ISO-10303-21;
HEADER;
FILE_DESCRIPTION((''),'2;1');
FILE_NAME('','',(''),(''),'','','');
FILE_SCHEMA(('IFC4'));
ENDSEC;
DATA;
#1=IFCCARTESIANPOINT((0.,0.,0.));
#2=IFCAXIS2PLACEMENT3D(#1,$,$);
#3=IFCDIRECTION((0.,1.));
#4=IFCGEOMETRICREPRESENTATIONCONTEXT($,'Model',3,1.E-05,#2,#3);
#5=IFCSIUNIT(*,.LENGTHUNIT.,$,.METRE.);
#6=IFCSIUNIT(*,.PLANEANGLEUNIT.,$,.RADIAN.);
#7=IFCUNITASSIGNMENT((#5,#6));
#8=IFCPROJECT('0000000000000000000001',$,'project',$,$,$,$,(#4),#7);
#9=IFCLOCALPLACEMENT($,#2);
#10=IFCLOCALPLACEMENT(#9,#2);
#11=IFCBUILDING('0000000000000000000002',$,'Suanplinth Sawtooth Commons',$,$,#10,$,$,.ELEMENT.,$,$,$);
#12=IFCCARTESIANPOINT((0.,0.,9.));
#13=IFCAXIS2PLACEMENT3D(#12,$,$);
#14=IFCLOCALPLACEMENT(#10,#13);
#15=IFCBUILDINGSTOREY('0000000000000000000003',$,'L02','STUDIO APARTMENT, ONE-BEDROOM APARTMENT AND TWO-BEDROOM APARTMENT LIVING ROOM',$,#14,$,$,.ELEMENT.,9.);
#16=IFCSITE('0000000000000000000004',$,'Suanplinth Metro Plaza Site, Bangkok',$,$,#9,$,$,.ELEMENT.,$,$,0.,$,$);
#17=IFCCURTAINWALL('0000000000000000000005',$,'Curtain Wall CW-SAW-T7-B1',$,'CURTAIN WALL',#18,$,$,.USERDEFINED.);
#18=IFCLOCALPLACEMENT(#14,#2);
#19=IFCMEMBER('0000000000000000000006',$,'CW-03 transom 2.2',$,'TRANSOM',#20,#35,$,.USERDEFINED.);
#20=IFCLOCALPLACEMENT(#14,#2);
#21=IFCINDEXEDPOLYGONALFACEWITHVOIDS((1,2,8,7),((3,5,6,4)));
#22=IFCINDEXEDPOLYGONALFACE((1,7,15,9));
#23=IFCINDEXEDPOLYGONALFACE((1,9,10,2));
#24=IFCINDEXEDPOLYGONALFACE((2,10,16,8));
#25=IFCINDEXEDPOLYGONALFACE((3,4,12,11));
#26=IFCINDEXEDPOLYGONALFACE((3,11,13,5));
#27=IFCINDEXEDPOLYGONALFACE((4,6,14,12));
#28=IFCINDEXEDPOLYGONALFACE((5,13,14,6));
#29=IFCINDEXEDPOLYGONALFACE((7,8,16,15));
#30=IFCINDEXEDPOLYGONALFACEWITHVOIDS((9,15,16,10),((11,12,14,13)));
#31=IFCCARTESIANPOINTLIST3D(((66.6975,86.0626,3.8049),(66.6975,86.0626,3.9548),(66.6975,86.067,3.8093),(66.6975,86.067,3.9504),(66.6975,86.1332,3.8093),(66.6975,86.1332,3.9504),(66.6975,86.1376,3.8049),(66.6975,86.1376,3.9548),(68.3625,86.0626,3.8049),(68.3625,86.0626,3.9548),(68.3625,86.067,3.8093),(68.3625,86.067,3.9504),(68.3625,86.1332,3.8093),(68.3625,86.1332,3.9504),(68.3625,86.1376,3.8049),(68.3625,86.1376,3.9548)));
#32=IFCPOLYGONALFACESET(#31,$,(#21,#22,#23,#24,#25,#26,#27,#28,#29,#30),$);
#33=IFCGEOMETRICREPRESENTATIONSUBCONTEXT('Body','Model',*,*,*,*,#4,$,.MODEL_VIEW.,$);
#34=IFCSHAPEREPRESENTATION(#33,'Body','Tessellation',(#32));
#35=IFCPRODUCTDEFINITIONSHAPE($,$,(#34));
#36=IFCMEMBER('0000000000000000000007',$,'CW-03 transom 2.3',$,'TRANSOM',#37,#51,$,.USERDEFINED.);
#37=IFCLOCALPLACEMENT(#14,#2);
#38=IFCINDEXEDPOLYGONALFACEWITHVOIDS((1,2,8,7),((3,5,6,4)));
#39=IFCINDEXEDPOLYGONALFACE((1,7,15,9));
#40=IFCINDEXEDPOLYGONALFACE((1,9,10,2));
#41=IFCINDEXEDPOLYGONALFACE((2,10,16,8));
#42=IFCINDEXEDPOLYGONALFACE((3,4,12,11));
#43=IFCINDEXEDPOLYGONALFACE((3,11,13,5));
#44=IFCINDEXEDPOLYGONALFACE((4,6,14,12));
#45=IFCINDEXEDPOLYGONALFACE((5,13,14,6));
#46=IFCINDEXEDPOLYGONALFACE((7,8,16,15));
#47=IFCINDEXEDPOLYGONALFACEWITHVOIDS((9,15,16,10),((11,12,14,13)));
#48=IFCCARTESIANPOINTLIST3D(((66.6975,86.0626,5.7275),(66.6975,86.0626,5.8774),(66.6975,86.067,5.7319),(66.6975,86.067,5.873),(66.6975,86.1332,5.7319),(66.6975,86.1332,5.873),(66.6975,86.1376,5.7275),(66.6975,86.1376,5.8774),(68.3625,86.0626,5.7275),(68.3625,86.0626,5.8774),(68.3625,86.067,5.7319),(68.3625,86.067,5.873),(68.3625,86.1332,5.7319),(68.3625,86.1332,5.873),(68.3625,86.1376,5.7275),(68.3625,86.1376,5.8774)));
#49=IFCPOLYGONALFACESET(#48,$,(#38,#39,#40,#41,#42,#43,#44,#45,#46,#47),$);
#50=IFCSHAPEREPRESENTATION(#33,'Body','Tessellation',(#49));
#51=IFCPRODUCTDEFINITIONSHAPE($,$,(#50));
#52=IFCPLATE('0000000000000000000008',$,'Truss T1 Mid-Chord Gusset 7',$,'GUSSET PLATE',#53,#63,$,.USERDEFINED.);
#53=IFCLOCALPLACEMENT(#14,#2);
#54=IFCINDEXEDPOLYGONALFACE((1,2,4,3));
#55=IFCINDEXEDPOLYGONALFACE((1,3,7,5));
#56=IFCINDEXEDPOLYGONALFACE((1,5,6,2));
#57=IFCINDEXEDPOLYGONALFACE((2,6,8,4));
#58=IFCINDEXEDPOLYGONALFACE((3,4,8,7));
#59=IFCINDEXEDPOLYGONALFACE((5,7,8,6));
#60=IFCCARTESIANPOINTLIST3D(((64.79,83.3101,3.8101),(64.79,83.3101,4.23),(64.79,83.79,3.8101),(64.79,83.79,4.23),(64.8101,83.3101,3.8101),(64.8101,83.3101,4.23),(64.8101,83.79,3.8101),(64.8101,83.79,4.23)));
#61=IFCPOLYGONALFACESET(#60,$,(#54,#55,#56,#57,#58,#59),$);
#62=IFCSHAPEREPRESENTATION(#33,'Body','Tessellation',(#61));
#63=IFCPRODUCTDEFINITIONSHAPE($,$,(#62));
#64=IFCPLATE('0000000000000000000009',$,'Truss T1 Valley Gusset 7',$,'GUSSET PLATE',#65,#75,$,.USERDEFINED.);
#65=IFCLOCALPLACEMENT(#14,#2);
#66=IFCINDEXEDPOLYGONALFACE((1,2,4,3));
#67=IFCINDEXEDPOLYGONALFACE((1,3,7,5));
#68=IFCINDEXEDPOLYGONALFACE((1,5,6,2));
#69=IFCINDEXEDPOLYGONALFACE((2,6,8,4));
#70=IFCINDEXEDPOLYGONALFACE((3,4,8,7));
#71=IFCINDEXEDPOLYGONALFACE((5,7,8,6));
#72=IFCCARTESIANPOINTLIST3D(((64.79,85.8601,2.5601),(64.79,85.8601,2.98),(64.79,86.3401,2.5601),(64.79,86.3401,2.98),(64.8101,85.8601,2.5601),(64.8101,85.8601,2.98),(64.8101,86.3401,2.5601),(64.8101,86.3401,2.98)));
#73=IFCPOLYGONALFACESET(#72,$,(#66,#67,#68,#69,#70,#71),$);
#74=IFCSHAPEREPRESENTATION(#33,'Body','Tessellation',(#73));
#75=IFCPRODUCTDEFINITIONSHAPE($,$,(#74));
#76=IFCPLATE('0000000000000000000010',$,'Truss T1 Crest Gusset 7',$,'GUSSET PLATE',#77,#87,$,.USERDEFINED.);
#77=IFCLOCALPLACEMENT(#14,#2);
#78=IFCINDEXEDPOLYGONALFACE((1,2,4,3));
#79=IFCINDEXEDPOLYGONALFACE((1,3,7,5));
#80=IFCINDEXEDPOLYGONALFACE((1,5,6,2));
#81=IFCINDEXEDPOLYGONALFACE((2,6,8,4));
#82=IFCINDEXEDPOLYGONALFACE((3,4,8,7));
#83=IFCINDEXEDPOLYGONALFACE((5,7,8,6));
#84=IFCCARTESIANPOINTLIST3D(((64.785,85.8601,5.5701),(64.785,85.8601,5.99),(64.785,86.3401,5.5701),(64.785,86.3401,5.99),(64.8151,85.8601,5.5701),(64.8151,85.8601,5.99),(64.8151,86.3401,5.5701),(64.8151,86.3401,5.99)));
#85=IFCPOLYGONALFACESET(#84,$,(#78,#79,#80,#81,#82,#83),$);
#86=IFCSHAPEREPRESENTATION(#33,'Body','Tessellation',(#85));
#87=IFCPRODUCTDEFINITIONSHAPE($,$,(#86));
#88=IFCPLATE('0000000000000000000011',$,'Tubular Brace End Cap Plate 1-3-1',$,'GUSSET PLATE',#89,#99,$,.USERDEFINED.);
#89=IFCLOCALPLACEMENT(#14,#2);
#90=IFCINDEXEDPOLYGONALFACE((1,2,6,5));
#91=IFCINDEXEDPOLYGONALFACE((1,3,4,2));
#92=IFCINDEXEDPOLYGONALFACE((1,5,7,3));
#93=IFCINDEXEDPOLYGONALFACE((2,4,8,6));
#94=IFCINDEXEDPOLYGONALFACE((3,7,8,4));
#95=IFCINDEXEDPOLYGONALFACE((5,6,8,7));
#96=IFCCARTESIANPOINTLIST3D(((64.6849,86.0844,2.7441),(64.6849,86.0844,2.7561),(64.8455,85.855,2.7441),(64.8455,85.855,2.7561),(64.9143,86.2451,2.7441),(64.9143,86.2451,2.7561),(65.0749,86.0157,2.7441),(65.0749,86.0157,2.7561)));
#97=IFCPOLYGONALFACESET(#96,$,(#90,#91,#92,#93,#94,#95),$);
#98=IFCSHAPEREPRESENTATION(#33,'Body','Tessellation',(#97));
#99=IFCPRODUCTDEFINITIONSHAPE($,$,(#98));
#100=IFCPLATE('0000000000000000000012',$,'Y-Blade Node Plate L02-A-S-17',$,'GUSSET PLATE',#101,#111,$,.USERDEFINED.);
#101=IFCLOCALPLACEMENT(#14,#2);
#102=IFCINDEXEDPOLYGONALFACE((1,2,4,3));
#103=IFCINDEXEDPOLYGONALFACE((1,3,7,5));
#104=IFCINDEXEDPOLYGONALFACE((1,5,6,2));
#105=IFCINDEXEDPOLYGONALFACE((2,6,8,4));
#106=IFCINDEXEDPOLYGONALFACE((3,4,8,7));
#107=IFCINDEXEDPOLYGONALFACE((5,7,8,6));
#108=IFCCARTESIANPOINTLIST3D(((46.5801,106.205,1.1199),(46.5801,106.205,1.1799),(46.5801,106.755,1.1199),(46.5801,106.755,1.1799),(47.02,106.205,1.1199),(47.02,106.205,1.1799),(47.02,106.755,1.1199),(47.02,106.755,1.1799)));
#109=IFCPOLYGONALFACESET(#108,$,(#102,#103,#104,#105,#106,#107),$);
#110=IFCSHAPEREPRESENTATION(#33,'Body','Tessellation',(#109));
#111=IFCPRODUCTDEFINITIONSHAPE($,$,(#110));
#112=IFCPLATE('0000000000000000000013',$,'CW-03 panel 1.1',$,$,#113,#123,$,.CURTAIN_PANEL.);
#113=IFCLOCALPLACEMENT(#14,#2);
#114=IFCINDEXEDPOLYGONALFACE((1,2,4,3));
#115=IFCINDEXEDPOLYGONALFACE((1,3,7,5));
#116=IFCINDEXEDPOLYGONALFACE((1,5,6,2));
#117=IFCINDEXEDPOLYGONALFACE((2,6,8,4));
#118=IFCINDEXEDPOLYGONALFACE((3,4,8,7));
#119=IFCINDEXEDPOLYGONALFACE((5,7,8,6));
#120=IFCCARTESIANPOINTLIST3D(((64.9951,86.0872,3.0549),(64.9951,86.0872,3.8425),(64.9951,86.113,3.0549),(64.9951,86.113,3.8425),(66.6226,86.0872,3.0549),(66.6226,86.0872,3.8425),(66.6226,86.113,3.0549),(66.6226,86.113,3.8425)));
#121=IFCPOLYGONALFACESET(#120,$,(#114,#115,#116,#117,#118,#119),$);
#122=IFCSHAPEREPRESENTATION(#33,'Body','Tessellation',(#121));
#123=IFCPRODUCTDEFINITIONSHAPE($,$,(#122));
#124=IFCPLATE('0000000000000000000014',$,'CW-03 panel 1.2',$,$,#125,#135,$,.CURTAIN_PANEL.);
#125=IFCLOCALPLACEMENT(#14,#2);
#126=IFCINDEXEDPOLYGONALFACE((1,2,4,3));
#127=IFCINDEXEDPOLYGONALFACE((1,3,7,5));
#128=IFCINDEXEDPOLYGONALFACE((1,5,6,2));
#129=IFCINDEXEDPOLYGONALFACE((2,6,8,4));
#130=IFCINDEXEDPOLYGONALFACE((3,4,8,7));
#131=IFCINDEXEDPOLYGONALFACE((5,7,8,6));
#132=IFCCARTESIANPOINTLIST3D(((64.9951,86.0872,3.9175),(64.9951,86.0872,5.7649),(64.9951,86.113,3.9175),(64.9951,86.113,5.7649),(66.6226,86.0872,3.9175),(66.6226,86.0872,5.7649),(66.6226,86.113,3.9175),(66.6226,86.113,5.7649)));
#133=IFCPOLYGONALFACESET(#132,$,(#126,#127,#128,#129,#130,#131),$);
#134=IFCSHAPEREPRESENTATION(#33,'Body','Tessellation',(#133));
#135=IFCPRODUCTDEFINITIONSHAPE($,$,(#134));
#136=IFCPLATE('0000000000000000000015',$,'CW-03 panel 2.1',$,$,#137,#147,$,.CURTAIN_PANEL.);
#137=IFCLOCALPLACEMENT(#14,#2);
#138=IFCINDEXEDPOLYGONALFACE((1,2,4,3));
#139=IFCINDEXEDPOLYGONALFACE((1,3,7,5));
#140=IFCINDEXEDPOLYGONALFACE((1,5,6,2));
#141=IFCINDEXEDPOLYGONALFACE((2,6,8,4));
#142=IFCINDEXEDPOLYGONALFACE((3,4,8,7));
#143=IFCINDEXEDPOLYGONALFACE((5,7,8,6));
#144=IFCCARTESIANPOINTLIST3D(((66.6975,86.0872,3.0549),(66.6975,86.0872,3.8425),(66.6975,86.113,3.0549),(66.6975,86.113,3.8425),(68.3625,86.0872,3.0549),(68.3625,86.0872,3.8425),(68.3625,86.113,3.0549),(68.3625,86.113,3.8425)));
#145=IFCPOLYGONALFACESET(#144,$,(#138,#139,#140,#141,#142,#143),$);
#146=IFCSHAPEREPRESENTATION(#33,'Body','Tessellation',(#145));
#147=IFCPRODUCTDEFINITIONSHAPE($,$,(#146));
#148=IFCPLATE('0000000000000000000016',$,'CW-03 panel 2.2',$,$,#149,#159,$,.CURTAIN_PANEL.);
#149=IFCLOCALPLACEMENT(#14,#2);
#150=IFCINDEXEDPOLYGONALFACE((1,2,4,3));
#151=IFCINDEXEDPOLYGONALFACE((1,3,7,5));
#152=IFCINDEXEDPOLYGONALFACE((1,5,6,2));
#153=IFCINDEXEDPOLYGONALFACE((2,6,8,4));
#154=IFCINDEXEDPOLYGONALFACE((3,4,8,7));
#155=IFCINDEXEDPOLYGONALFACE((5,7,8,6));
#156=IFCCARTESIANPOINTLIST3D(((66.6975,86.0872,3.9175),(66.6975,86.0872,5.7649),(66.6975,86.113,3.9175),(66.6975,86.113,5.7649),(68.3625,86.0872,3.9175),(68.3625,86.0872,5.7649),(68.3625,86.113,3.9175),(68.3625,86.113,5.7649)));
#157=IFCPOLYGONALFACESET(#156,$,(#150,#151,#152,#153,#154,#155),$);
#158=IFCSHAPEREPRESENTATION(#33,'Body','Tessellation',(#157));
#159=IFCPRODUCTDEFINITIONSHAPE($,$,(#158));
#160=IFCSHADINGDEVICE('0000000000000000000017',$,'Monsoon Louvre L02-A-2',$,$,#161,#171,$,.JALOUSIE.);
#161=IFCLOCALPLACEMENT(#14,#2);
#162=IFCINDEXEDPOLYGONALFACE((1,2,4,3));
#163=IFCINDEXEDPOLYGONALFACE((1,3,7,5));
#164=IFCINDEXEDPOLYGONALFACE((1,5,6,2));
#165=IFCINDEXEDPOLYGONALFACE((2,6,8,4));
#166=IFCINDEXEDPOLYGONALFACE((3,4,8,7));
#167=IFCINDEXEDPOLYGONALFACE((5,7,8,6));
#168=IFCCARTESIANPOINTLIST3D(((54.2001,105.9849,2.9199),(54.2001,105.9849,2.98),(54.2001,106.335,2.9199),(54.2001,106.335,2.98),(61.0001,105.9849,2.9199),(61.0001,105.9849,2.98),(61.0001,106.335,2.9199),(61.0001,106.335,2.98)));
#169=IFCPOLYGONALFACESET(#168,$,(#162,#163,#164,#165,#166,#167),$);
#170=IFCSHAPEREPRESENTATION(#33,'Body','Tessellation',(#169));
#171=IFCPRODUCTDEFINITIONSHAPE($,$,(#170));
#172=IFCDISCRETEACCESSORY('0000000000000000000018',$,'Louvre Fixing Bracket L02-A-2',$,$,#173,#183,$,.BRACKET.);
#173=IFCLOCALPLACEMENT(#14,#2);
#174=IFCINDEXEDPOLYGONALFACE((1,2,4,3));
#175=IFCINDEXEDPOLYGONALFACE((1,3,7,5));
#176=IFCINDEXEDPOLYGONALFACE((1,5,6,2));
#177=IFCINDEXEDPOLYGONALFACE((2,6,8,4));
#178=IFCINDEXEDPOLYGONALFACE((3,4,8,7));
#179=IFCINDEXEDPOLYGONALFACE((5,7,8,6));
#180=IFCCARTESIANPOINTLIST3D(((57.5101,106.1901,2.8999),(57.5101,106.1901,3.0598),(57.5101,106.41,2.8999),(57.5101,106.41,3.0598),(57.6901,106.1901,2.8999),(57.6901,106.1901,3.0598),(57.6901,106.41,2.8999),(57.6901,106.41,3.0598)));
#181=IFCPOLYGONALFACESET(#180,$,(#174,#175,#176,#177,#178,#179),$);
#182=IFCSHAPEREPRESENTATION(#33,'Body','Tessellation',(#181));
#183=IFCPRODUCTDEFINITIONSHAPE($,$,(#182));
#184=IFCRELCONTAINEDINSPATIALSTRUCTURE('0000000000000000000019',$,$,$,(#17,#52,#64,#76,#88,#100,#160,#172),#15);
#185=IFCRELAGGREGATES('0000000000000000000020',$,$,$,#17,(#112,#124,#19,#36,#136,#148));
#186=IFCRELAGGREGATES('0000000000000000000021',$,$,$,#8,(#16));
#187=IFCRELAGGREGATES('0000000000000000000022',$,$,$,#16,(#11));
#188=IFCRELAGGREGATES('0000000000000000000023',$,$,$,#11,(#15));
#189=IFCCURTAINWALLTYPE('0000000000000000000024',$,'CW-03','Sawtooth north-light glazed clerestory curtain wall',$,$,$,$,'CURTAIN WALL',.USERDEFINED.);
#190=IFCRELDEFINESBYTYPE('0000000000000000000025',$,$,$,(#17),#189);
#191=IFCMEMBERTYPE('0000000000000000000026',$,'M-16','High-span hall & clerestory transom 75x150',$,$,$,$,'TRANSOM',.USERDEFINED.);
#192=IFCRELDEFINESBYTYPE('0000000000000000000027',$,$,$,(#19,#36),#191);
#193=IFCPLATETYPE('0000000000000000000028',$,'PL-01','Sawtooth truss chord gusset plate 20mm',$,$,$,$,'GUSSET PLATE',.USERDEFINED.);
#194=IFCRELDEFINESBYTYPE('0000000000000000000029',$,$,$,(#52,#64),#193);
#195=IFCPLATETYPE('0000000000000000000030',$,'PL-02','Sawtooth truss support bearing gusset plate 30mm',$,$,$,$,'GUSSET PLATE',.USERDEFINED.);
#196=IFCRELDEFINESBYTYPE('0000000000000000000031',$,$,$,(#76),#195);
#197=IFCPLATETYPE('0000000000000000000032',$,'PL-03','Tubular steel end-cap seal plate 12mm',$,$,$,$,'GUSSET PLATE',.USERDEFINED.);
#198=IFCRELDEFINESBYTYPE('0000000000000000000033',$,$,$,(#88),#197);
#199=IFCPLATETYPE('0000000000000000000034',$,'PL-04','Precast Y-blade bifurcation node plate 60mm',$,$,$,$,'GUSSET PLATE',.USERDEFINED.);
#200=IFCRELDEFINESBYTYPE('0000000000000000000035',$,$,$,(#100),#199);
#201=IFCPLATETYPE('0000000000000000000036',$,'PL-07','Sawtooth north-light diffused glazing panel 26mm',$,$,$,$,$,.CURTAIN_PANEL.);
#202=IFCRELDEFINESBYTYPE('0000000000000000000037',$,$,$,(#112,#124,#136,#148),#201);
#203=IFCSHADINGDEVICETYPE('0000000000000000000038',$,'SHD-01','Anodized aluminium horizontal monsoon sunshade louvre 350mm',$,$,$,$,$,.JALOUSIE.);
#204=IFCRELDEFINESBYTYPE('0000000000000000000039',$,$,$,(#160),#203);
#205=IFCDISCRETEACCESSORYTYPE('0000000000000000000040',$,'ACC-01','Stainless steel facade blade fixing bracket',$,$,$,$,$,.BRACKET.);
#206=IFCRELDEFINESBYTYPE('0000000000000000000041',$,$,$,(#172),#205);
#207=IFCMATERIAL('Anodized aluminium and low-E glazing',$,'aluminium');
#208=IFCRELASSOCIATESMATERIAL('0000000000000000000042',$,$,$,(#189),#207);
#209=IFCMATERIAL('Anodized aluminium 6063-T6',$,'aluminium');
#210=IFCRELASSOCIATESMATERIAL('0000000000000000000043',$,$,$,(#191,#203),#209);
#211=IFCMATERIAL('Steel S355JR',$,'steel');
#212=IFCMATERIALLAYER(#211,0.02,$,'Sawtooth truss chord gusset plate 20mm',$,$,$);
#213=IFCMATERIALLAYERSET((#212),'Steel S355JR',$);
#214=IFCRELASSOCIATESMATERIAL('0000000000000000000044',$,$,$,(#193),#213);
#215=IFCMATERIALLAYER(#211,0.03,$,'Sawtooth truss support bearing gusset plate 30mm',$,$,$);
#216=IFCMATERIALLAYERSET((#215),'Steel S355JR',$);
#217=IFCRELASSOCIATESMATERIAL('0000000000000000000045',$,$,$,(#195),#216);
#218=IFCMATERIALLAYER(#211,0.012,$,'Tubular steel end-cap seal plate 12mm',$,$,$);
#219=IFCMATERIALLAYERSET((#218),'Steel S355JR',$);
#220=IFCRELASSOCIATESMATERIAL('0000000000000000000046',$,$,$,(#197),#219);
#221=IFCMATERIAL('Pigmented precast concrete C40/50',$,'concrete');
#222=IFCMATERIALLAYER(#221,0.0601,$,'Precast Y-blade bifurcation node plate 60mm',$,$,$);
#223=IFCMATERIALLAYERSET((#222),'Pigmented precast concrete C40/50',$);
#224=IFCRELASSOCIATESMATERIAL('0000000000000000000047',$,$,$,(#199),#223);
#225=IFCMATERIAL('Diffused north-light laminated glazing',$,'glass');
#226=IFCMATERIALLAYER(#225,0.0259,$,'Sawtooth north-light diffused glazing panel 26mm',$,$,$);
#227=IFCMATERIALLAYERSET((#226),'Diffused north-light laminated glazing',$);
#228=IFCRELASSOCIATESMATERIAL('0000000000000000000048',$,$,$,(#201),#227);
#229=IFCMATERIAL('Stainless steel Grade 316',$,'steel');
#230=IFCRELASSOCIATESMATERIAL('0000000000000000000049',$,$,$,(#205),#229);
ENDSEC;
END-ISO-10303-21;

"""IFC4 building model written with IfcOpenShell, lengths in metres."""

from ifc_helpers import new_model, si_unit, direction, frame, origin, origin_2d, place, context, subcontext, project, spatial, rectangle, hollow_rectangle, extrude, material, layer, layer_set, material_profile, profile_set, type_object, element, aggregate, save


model = new_model("IFC4")

# Units and contexts
model_context = context("Model", 3, precision=1e-05, world=origin(), true_north=direction((0.0, 1.0)))
body_context = subcontext(model_context, "Body", "Model", "MODEL_VIEW")
ifc_project = project(units=[si_unit("LENGTHUNIT", "METRE"), si_unit("PLANEANGLEUNIT", "RADIAN")], contexts=[model_context])

# Site, building, storey
site_placement = place(None, origin())
site = spatial("IfcSite", under=ifc_project, at=site_placement, Name="Suanplinth Metro Plaza Site, Bangkok", CompositionType="ELEMENT", RefElevation=0.0)
building_placement = place(site_placement, origin())
building = spatial("IfcBuilding", under=site, at=building_placement, Name="Suanplinth Sawtooth Commons", CompositionType="ELEMENT")
storey_placement = place(building_placement, frame((0.0, 0.0, 9.0)))
storey = spatial("IfcBuildingStorey", under=building, at=storey_placement, Name="L02", Description="STUDIO APARTMENT, ONE-BEDROOM APARTMENT AND TWO-BEDROOM APARTMENT LIVING ROOM", CompositionType="ELEMENT", Elevation=9.0)

# Shared definitions
ifc_material_1 = material(Name="Steel S355JR", Category="steel")

# Shared definitions
ifc_material_2 = material(Name="Pigmented precast concrete C40/50", Category="concrete")

# Curtain wall, members
ifc_material_3 = material(Name="Anodized aluminium and low-E glazing", Category="aluminium")
curtain_wall_type = type_object("IfcCurtainWallType", Name="CW-03", Description="Sawtooth north-light glazed clerestory curtain wall", ElementType="CURTAIN WALL", PredefinedType="USERDEFINED", material=ifc_material_3)
curtain_wall_placement = place(storey_placement, origin())
curtain_wall = element("IfcCurtainWall", 1, at=curtain_wall_placement, inside=storey, type_object=curtain_wall_type, Name="Curtain Wall CW-SAW-T7-B1", ObjectType="CURTAIN WALL", PredefinedType="USERDEFINED")
ifc_material_4 = material(Name="Anodized aluminium 6063-T6", Category="aluminium")
ifc_material_profile_1 = material_profile(ifc_material_4, hollow_rectangle(XDim=0.075, YDim=0.1499, WallThickness=0.0044, at=origin_2d()), Name="ALU-TRN 75x150")
ifc_profile_set_1 = profile_set([ifc_material_profile_1], Name="Anodized aluminium 6063-T6")
member_type_1 = type_object("IfcMemberType", Name="M-16", Description="High-span hall & clerestory transom 75x150", ElementType="TRANSOM", PredefinedType="USERDEFINED", material=ifc_profile_set_1)
member_1_placement = place(storey_placement, frame((66.6975, 86.1001, 3.8799), z_axis=(1.0, 0.0, 0.0), x_axis=(0.0, 1.0, 0.0)))
member_1 = element("IfcMember", 2, at=member_1_placement, type_object=member_type_1, Name="CW-03 transom 2.2", ObjectType="TRANSOM", PredefinedType="USERDEFINED", context=body_context, shape_type="SweptSolid", body=[
    extrude(hollow_rectangle(XDim=0.075, YDim=0.1499, WallThickness=0.0044, at=origin_2d()), origin(), (0.0, 0.0, 1.0), 1.665),
])
member_2_placement = place(storey_placement, frame((66.6975, 86.1001, 5.8025), z_axis=(1.0, 0.0, 0.0), x_axis=(0.0, 1.0, 0.0)))
member_2 = element("IfcMember", 3, at=member_2_placement, type_object=member_type_1, Name="CW-03 transom 2.3", ObjectType="TRANSOM", PredefinedType="USERDEFINED", context=body_context, shape_type="SweptSolid", body=[
    extrude(hollow_rectangle(XDim=0.075, YDim=0.1499, WallThickness=0.0044, at=origin_2d()), origin(), (0.0, 0.0, 1.0), 1.665),
])

# Plates
ifc_layer_1 = layer(ifc_material_1, 0.02, Name="Sawtooth truss chord gusset plate 20mm")
ifc_layer_set_1 = layer_set([ifc_layer_1], Name="Steel S355JR")
plate_type_1 = type_object("IfcPlateType", Name="PL-01", Description="Sawtooth truss chord gusset plate 20mm", ElementType="GUSSET PLATE", PredefinedType="USERDEFINED", material=ifc_layer_set_1)
for number, where, z_axis, x_axis, name in (
    (4, (64.8, 83.55, 3.8101), (0.0, 0.0, 1.0), (1.0, 0.0, 0.0), "Truss T1 Mid-Chord Gusset 7"),
    (5, (64.8, 86.1001, 2.5601), (0.0, 0.0, 1.0), (1.0, 0.0, 0.0), "Truss T1 Valley Gusset 7"),
):
    element("IfcPlate", number, at=place(storey_placement, frame(where, z_axis=z_axis, x_axis=x_axis)), inside=storey, type_object=plate_type_1, Name=name, ObjectType="GUSSET PLATE", PredefinedType="USERDEFINED", context=body_context, shape_type="SweptSolid", body=[
        extrude(rectangle(XDim=0.02, YDim=0.48, at=origin_2d()), origin(), (0.0, 0.0, 1.0), 0.4199),
    ])
ifc_layer_2 = layer(ifc_material_1, 0.03, Name="Sawtooth truss support bearing gusset plate 30mm")
ifc_layer_set_2 = layer_set([ifc_layer_2], Name="Steel S355JR")
plate_type_2 = type_object("IfcPlateType", Name="PL-02", Description="Sawtooth truss support bearing gusset plate 30mm", ElementType="GUSSET PLATE", PredefinedType="USERDEFINED", material=ifc_layer_set_2)
plate_1_placement = place(storey_placement, frame((64.8, 86.1001, 5.5701), z_axis=(0.0, 0.0, 1.0), x_axis=(1.0, 0.0, 0.0)))
element("IfcPlate", 6, at=plate_1_placement, inside=storey, type_object=plate_type_2, Name="Truss T1 Crest Gusset 7", ObjectType="GUSSET PLATE", PredefinedType="USERDEFINED", context=body_context, shape_type="SweptSolid", body=[
    extrude(rectangle(XDim=0.03, YDim=0.48, at=origin_2d()), origin(), (0.0, 0.0, 1.0), 0.4199),
])
ifc_layer_3 = layer(ifc_material_1, 0.012, Name="Tubular steel end-cap seal plate 12mm")
ifc_layer_set_3 = layer_set([ifc_layer_3], Name="Steel S355JR")
plate_type_3 = type_object("IfcPlateType", Name="PL-03", Description="Tubular steel end-cap seal plate 12mm", ElementType="GUSSET PLATE", PredefinedType="USERDEFINED", material=ifc_layer_set_3)
plate_2_placement = place(storey_placement, frame((64.8799, 86.05, 2.7441), z_axis=(0.0, 0.0, 1.0), x_axis=(0.819152, 0.573576, 0.0)))
element("IfcPlate", 7, at=plate_2_placement, inside=storey, type_object=plate_type_3, Name="Tubular Brace End Cap Plate 1-3-1", ObjectType="GUSSET PLATE", PredefinedType="USERDEFINED", context=body_context, shape_type="SweptSolid", body=[
    extrude(rectangle(XDim=0.28, YDim=0.28, at=origin_2d()), origin(), (0.0, 0.0, 1.0), 0.012),
])
ifc_layer_4 = layer(ifc_material_2, 0.0601, Name="Precast Y-blade bifurcation node plate 60mm")
ifc_layer_set_4 = layer_set([ifc_layer_4], Name="Pigmented precast concrete C40/50")
plate_type_4 = type_object("IfcPlateType", Name="PL-04", Description="Precast Y-blade bifurcation node plate 60mm", ElementType="GUSSET PLATE", PredefinedType="USERDEFINED", material=ifc_layer_set_4)
plate_3_placement = place(storey_placement, frame((46.8, 106.48, 1.1199), z_axis=(0.0, 0.0, 1.0), x_axis=(1.0, 0.0, 0.0)))
element("IfcPlate", 8, at=plate_3_placement, inside=storey, type_object=plate_type_4, Name="Y-Blade Node Plate L02-A-S-17", ObjectType="GUSSET PLATE", PredefinedType="USERDEFINED", context=body_context, shape_type="SweptSolid", body=[
    extrude(rectangle(XDim=0.4399, YDim=0.55, at=origin_2d()), origin(), (0.0, 0.0, 1.0), 0.0601),
])

# Plates
ifc_material_5 = material(Name="Diffused north-light laminated glazing", Category="glass")
ifc_layer_5 = layer(ifc_material_5, 0.0259, Name="Sawtooth north-light diffused glazing panel 26mm")
ifc_layer_set_5 = layer_set([ifc_layer_5], Name="Diffused north-light laminated glazing")
plate_type_5 = type_object("IfcPlateType", Name="PL-07", Description="Sawtooth north-light diffused glazing panel 26mm", PredefinedType="CURTAIN_PANEL", material=ifc_layer_set_5)
plate_4_placement = place(storey_placement, frame((65.8088, 86.1001, 3.0549), z_axis=(0.0, 0.0, 1.0), x_axis=(1.0, 0.0, 0.0)))
plate_4 = element("IfcPlate", 9, at=plate_4_placement, type_object=plate_type_5, Name="CW-03 panel 1.1", PredefinedType="CURTAIN_PANEL", context=body_context, shape_type="SweptSolid", body=[
    extrude(rectangle(XDim=1.6274, YDim=0.0259, at=origin_2d()), origin(), (0.0, 0.0, 1.0), 0.7876),
])
plate_5_placement = place(storey_placement, frame((65.8088, 86.1001, 3.9175), z_axis=(0.0, 0.0, 1.0), x_axis=(1.0, 0.0, 0.0)))
plate_5 = element("IfcPlate", 10, at=plate_5_placement, type_object=plate_type_5, Name="CW-03 panel 1.2", PredefinedType="CURTAIN_PANEL", context=body_context, shape_type="SweptSolid", body=[
    extrude(rectangle(XDim=1.6274, YDim=0.0259, at=origin_2d()), origin(), (0.0, 0.0, 1.0), 1.8474),
])
plate_6_placement = place(storey_placement, frame((67.53, 86.1001, 3.0549), z_axis=(0.0, 0.0, 1.0), x_axis=(1.0, 0.0, 0.0)))
plate_6 = element("IfcPlate", 11, at=plate_6_placement, type_object=plate_type_5, Name="CW-03 panel 2.1", PredefinedType="CURTAIN_PANEL", context=body_context, shape_type="SweptSolid", body=[
    extrude(rectangle(XDim=1.665, YDim=0.0259, at=origin_2d()), origin(), (0.0, 0.0, 1.0), 0.7876),
])
plate_7_placement = place(storey_placement, frame((67.53, 86.1001, 3.9175), z_axis=(0.0, 0.0, 1.0), x_axis=(1.0, 0.0, 0.0)))
plate_7 = element("IfcPlate", 12, at=plate_7_placement, type_object=plate_type_5, Name="CW-03 panel 2.2", PredefinedType="CURTAIN_PANEL", context=body_context, shape_type="SweptSolid", body=[
    extrude(rectangle(XDim=1.665, YDim=0.0259, at=origin_2d()), origin(), (0.0, 0.0, 1.0), 1.8474),
])
aggregate(curtain_wall, [plate_4, plate_5, member_1, member_2, plate_6, plate_7])

# Shading device
shading_device_type = type_object("IfcShadingDeviceType", Name="SHD-01", Description="Anodized aluminium horizontal monsoon sunshade louvre 350mm", PredefinedType="JALOUSIE", material=ifc_material_4)
shading_device_placement = place(storey_placement, frame((57.6001, 106.1599, 2.9199), z_axis=(0.0, 0.0, 1.0), x_axis=(1.0, 0.0, 0.0)))
element("IfcShadingDevice", 13, at=shading_device_placement, inside=storey, type_object=shading_device_type, Name="Monsoon Louvre L02-A-2", PredefinedType="JALOUSIE", context=body_context, shape_type="SweptSolid", body=[
    extrude(rectangle(XDim=6.8, YDim=0.3501, at=origin_2d()), origin(), (0.0, 0.0, 1.0), 0.0601),
])

# Discrete accessory
ifc_material_6 = material(Name="Stainless steel Grade 316", Category="steel")
discrete_accessory_type = type_object("IfcDiscreteAccessoryType", Name="ACC-01", Description="Stainless steel facade blade fixing bracket", PredefinedType="BRACKET", material=ifc_material_6)
discrete_accessory_placement = place(storey_placement, frame((57.6001, 106.3, 2.8999), z_axis=(0.0, 0.0, 1.0), x_axis=(1.0, 0.0, 0.0)))
element("IfcDiscreteAccessory", 14, at=discrete_accessory_placement, inside=storey, type_object=discrete_accessory_type, Name="Louvre Fixing Bracket L02-A-2", PredefinedType="BRACKET", context=body_context, shape_type="SweptSolid", body=[
    extrude(rectangle(XDim=0.1799, YDim=0.22, at=origin_2d()), origin(), (0.0, 0.0, 1.0), 0.1599),
])

save(model, "model.ifc")
